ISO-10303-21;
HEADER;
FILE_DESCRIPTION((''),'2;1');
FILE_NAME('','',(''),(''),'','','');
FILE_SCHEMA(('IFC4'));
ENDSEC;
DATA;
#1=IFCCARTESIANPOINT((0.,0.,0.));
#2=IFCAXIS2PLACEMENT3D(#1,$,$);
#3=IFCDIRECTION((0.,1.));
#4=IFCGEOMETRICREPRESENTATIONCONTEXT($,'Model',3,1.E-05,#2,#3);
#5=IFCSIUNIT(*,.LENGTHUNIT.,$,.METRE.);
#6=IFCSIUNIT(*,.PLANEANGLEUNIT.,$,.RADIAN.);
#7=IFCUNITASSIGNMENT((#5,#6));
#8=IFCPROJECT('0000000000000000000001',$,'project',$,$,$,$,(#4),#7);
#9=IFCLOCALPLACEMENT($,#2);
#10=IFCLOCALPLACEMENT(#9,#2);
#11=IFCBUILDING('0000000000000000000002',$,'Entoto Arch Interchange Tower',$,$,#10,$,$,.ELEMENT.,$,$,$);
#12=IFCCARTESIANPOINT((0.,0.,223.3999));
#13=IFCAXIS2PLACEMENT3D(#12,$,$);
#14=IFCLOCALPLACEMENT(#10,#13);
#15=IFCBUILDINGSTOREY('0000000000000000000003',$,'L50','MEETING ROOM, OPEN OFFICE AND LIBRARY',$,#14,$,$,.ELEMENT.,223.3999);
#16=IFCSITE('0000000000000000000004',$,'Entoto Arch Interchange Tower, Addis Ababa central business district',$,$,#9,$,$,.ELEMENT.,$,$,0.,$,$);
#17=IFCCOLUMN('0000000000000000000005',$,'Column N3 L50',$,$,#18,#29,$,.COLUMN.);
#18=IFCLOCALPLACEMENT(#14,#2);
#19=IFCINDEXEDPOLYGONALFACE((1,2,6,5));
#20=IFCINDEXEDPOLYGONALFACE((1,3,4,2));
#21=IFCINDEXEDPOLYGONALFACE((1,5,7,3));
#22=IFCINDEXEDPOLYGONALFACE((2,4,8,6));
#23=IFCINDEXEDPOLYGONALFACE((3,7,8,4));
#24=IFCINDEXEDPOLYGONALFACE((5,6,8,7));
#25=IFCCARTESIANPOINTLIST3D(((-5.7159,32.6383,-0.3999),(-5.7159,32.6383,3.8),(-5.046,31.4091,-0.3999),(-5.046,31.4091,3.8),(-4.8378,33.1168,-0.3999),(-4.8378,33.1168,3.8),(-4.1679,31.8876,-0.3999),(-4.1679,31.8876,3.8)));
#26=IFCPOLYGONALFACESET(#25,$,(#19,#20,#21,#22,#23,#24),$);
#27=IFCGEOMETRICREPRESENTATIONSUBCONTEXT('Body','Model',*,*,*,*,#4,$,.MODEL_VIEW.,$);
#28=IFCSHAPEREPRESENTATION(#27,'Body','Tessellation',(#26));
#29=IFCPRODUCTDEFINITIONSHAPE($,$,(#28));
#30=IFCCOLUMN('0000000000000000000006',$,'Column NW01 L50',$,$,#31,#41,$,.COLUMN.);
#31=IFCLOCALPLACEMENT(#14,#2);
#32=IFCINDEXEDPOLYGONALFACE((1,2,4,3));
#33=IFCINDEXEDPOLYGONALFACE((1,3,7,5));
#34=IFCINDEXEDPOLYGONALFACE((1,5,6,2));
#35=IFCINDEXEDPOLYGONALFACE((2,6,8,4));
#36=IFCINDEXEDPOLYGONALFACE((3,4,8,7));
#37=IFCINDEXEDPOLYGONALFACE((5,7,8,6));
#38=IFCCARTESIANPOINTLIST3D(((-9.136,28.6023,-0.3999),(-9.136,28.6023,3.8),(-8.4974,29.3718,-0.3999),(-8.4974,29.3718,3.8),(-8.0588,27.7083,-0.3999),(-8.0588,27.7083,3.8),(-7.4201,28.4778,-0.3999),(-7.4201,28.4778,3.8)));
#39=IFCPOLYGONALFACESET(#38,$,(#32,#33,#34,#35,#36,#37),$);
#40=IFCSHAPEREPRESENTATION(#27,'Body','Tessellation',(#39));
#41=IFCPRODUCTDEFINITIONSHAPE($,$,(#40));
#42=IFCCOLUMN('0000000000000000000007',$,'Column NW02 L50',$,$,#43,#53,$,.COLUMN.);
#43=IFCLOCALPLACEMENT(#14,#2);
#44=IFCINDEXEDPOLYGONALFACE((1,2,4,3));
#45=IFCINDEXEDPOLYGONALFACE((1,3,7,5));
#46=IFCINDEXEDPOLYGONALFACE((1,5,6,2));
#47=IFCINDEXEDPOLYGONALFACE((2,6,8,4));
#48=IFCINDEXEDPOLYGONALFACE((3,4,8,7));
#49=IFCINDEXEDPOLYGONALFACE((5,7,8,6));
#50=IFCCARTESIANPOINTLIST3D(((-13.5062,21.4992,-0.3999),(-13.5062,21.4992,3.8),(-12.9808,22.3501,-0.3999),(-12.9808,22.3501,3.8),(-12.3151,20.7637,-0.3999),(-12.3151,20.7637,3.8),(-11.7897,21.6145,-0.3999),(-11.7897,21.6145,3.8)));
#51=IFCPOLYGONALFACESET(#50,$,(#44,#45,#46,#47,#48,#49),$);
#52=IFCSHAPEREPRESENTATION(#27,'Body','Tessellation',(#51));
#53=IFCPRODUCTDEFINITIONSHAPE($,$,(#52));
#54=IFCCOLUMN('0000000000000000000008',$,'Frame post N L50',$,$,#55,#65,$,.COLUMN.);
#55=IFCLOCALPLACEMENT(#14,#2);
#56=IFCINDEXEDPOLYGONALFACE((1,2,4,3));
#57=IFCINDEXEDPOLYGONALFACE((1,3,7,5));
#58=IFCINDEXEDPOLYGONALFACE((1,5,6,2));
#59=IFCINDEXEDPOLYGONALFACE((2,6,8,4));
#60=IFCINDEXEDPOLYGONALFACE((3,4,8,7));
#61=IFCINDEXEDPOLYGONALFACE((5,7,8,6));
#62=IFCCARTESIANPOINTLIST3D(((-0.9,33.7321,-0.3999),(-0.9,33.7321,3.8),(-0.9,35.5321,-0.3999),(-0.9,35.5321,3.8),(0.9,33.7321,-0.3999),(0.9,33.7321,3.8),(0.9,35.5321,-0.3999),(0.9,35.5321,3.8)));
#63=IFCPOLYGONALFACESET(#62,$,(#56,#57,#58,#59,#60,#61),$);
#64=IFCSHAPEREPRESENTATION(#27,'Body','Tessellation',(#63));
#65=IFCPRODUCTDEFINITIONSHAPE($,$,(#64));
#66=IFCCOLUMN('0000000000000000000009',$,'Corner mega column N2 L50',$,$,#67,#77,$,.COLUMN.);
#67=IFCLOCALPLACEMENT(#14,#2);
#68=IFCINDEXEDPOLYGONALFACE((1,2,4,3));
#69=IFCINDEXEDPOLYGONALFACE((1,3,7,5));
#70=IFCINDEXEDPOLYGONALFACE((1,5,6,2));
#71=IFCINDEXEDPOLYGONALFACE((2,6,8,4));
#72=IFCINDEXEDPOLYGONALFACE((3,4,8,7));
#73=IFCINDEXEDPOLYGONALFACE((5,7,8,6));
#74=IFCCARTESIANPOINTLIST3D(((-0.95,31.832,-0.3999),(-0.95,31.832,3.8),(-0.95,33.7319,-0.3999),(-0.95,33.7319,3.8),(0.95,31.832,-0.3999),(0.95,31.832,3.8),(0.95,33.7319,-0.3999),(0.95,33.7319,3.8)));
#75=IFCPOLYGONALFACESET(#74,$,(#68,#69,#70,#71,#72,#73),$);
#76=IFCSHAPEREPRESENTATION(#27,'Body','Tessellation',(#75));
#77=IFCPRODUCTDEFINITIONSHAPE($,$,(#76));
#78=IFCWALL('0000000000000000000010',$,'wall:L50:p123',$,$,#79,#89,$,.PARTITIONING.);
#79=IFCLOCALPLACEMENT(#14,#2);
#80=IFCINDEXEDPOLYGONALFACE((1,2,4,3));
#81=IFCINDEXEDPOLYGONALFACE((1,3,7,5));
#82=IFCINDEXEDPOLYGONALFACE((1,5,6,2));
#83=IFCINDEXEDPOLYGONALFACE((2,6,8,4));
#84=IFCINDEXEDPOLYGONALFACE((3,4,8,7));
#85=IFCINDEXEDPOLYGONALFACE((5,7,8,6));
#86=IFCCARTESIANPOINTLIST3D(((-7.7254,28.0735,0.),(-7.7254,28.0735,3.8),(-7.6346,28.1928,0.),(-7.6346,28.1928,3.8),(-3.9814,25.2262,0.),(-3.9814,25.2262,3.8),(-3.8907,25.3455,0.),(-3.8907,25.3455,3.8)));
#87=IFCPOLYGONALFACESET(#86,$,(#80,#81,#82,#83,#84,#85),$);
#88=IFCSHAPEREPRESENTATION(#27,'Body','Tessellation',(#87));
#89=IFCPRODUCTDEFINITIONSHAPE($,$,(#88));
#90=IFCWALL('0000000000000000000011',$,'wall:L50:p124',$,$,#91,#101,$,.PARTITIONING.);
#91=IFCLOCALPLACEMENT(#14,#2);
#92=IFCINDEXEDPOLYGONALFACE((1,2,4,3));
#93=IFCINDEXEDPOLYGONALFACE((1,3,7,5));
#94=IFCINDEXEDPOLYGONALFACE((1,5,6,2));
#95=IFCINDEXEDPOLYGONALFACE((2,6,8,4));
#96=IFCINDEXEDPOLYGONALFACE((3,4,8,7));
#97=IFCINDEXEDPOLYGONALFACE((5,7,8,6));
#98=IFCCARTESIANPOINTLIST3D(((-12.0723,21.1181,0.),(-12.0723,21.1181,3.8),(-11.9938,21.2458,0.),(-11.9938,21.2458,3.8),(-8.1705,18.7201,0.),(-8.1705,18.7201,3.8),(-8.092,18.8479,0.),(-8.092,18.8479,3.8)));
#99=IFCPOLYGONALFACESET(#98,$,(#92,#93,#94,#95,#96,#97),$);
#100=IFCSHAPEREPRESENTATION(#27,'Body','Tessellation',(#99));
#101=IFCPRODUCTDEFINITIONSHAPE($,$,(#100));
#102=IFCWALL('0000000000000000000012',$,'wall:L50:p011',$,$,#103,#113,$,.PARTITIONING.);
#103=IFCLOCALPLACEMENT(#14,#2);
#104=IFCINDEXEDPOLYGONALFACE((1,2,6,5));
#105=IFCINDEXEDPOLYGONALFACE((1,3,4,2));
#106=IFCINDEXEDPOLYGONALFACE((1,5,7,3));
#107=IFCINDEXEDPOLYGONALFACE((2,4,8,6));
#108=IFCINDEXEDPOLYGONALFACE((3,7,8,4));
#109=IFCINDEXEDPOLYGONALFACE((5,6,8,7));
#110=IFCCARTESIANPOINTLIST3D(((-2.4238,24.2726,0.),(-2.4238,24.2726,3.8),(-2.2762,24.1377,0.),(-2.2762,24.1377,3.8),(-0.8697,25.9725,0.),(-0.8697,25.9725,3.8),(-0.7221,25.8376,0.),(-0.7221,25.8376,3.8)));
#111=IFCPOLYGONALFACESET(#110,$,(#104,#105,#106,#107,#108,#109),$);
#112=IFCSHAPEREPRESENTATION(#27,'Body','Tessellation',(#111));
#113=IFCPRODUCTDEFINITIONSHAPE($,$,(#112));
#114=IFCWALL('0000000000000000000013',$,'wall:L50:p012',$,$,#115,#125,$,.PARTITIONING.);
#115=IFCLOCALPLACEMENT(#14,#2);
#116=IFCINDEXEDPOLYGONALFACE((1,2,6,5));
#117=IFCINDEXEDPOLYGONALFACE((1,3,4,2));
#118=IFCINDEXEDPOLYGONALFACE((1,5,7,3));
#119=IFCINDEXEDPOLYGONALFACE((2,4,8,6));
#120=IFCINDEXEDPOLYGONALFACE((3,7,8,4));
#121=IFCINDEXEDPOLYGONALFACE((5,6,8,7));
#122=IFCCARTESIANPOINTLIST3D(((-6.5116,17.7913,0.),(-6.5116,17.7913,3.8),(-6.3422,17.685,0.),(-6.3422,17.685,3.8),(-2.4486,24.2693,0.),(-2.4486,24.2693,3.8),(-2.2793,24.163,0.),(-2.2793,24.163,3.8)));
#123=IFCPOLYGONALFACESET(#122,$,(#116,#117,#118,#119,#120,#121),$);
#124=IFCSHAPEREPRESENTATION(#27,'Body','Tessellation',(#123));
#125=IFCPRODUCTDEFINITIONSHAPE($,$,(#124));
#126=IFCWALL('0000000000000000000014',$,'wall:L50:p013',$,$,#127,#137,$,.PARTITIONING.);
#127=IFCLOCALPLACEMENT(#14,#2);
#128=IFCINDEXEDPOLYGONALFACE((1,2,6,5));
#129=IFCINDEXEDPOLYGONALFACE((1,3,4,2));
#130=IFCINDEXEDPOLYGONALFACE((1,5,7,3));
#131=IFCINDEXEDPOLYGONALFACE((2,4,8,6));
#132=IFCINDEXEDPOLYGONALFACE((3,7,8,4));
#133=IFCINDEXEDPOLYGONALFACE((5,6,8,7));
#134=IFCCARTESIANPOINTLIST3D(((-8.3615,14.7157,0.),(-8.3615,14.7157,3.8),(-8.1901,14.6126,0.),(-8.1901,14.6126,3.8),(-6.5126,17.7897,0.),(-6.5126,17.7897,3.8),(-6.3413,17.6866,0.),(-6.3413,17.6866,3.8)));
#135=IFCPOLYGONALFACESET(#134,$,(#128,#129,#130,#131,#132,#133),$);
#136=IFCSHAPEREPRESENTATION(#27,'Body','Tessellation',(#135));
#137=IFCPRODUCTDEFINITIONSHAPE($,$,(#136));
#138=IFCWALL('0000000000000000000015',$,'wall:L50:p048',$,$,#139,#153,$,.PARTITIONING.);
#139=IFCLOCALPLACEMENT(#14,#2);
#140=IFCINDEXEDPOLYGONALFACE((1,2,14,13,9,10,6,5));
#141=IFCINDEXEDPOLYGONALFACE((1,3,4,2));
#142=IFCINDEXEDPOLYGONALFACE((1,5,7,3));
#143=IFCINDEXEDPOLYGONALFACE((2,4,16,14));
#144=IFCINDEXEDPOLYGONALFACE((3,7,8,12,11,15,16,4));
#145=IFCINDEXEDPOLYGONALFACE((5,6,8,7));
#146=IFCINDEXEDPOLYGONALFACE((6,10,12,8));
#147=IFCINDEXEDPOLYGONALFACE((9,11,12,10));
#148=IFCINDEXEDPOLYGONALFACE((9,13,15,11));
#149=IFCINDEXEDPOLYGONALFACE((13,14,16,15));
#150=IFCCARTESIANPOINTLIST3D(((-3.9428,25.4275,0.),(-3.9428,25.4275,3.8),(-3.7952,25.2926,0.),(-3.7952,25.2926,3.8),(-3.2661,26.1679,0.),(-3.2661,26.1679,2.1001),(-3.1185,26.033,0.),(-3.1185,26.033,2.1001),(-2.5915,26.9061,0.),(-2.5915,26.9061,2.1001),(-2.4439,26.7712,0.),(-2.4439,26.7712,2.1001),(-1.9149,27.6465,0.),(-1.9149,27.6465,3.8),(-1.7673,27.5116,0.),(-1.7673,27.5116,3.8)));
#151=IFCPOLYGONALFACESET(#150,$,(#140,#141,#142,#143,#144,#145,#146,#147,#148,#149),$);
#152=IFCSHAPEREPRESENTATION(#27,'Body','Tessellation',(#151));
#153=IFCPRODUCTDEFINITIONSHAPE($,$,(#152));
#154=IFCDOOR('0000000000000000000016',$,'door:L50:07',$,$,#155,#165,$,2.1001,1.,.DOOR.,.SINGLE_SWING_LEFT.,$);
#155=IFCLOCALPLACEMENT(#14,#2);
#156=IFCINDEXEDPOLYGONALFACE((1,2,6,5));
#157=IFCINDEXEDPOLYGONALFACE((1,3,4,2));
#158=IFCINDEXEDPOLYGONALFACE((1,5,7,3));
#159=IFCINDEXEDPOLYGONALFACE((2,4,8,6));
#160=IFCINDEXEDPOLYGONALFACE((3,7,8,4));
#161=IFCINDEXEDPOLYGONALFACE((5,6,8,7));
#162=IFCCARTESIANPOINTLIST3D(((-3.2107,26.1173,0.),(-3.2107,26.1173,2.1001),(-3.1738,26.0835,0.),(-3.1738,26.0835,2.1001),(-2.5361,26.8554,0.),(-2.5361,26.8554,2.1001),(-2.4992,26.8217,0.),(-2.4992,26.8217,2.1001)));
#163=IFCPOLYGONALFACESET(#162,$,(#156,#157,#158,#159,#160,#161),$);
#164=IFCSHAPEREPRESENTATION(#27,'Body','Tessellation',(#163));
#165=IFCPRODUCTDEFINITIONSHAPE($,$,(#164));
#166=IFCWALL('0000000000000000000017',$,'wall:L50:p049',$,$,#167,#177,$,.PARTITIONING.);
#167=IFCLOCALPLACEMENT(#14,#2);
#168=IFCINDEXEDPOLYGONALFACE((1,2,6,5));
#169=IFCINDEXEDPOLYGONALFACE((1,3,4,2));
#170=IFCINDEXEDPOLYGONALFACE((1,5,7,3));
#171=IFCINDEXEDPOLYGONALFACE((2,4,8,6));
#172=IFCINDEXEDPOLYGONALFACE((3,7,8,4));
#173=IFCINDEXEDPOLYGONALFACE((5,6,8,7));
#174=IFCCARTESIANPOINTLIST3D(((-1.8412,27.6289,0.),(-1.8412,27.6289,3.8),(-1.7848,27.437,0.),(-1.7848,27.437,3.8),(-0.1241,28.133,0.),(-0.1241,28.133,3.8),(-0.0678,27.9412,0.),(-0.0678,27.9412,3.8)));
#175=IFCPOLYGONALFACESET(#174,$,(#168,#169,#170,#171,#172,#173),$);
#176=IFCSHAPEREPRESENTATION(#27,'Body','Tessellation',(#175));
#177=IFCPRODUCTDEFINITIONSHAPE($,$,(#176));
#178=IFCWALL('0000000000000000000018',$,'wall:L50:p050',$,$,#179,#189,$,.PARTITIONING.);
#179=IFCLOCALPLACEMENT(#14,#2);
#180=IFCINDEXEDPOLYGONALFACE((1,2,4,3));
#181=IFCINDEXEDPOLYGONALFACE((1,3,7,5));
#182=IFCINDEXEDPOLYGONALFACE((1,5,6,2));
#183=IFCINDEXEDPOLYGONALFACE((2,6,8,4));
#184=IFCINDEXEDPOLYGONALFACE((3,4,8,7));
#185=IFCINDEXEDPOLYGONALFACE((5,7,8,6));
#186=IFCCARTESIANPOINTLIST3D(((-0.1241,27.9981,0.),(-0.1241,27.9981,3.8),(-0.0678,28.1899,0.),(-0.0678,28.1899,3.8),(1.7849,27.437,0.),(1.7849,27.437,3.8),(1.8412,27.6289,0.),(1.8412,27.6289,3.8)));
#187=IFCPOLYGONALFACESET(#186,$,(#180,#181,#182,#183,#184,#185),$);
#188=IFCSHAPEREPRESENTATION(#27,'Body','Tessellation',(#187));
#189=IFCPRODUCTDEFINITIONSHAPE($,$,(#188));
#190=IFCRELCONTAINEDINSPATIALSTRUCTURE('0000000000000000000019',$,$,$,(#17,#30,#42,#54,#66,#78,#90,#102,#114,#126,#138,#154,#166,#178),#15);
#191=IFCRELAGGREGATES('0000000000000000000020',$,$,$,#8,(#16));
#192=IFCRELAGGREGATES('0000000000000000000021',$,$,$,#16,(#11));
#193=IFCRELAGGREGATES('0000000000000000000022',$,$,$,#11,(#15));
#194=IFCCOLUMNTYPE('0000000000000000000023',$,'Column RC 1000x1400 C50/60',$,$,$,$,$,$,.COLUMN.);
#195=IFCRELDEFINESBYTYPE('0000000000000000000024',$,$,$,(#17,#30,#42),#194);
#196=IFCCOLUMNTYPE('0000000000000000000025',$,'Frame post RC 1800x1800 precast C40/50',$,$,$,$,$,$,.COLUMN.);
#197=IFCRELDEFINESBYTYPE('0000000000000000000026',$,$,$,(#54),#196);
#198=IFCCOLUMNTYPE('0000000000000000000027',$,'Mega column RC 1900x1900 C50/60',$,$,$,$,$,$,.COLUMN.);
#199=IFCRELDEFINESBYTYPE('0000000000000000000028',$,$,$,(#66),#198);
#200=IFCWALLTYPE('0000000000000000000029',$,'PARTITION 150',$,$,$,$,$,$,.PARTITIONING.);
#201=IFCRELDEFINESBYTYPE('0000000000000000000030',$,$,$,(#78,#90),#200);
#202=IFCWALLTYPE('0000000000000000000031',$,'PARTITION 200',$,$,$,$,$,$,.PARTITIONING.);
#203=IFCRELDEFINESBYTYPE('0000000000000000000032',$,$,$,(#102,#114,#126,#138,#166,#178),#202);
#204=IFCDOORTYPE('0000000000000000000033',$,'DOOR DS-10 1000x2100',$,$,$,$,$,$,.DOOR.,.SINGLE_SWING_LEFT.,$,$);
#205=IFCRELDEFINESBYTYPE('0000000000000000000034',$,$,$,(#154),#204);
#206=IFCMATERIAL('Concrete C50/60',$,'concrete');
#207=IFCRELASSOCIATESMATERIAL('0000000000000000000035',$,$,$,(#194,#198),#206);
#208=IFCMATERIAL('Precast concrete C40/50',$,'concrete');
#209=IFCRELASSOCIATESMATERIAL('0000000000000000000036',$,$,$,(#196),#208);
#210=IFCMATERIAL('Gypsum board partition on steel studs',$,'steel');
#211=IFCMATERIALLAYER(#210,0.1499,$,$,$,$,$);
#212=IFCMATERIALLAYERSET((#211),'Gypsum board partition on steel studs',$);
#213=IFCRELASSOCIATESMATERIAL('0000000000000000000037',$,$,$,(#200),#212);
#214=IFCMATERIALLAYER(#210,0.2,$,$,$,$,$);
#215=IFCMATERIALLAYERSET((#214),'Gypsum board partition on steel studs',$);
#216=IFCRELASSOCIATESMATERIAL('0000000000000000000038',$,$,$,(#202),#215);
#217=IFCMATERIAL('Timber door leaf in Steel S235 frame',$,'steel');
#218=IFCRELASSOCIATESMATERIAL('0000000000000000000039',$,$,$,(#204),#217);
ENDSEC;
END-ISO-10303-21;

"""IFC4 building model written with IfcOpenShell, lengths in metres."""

from ifc_helpers import new_model, si_unit, direction, frame, frame_2d, origin, origin_2d, place, context, subcontext, project, spatial, rectangle, extrude, material, layer, layer_set, material_profile, profile_set, type_object, element, fill, save


model = new_model("IFC4")

# Units and contexts
model_context = context("Model", 3, precision=1e-05, world=origin(), true_north=direction((0.0, 1.0)))
body_context = subcontext(model_context, "Body", "Model", "MODEL_VIEW")
ifc_project = project(units=[si_unit("LENGTHUNIT", "METRE"), si_unit("PLANEANGLEUNIT", "RADIAN")], contexts=[model_context])

# Site, building, storey
site_placement = place(None, origin())
site = spatial("IfcSite", under=ifc_project, at=site_placement, Name="Entoto Arch Interchange Tower, Addis Ababa central business district", CompositionType="ELEMENT", RefElevation=0.0)
building_placement = place(site_placement, origin())
building = spatial("IfcBuilding", under=site, at=building_placement, Name="Entoto Arch Interchange Tower", CompositionType="ELEMENT")
storey_placement = place(building_placement, frame((0.0, 0.0, 223.3999)))
storey = spatial("IfcBuildingStorey", under=building, at=storey_placement, Name="L50", Description="MEETING ROOM, OPEN OFFICE AND LIBRARY", CompositionType="ELEMENT", Elevation=223.3999)

# Columns
ifc_material_1 = material(Name="Concrete C50/60", Category="concrete")
ifc_material_profile_1 = material_profile(ifc_material_1, rectangle(XDim=1.0, YDim=1.3999, at=origin_2d()))
ifc_profile_set_1 = profile_set([ifc_material_profile_1], Name="Concrete C50/60")
column_type_1 = type_object("IfcColumnType", Name="Column RC 1000x1400 C50/60", PredefinedType="COLUMN", material=ifc_profile_set_1)
for number, where, z_axis, x_axis, name in (
    (1, (-4.9419, 32.2629, -0.3999), (0.0, 0.0, 1.0), (0.8781, 0.478477, 0.0), "Column N3 L50"),
    (2, (-8.2781, 28.54, -0.3999), (0.0, 0.0, 1.0), (0.63866, 0.769489, 0.0), "Column NW01 L50"),
    (3, (-12.6479, 21.5569, -0.3999), (0.0, 0.0, 1.0), (0.525427, 0.850839, 0.0), "Column NW02 L50"),
):
    element("IfcColumn", number, at=place(storey_placement, frame(where, z_axis=z_axis, x_axis=x_axis)), inside=storey, type_object=column_type_1, Name=name, PredefinedType="COLUMN", context=body_context, shape_type="SweptSolid", body=[
        extrude(rectangle(XDim=1.0, YDim=1.3999, at=origin_2d()), origin(), (0.0, 0.0, 1.0), 4.2),
    ])
ifc_material_2 = material(Name="Precast concrete C40/50", Category="concrete")
ifc_material_profile_2 = material_profile(ifc_material_2, rectangle(XDim=1.8, YDim=1.8, at=origin_2d()))
ifc_profile_set_2 = profile_set([ifc_material_profile_2], Name="Precast concrete C40/50")
column_type_2 = type_object("IfcColumnType", Name="Frame post RC 1800x1800 precast C40/50", PredefinedType="COLUMN", material=ifc_profile_set_2)
column_1_placement = place(storey_placement, frame((0.0, 34.6321, -0.3999), z_axis=(0.0, 0.0, 1.0), x_axis=(0.0, 1.0, 0.0)))
element("IfcColumn", 4, at=column_1_placement, inside=storey, type_object=column_type_2, Name="Frame post N L50", PredefinedType="COLUMN", context=body_context, shape_type="SweptSolid", body=[
    extrude(rectangle(XDim=1.8, YDim=1.8, at=origin_2d()), origin(), (0.0, 0.0, 1.0), 4.2),
])
ifc_material_profile_3 = material_profile(ifc_material_1, rectangle(XDim=1.8999, YDim=1.8999, at=origin_2d()))
ifc_profile_set_3 = profile_set([ifc_material_profile_3], Name="Concrete C50/60")
column_type_3 = type_object("IfcColumnType", Name="Mega column RC 1900x1900 C50/60", PredefinedType="COLUMN", material=ifc_profile_set_3)
column_2_placement = place(storey_placement, frame((0.0, 32.782, -0.3999), z_axis=(0.0, 0.0, 1.0), x_axis=(0.0, 1.0, 0.0)))
element("IfcColumn", 5, at=column_2_placement, inside=storey, type_object=column_type_3, Name="Corner mega column N2 L50", PredefinedType="COLUMN", context=body_context, shape_type="SweptSolid", body=[
    extrude(rectangle(XDim=1.8999, YDim=1.8999, at=origin_2d()), origin(), (0.0, 0.0, 1.0), 4.2),
])

# Walls
ifc_material_3 = material(Name="Gypsum board partition on steel studs", Category="steel")
ifc_layer_1 = layer(ifc_material_3, 0.1499)
ifc_layer_set_1 = layer_set([ifc_layer_1], Name="Gypsum board partition on steel studs")
wall_type_1 = type_object("IfcWallType", Name="PARTITION 150", PredefinedType="PARTITIONING", material=ifc_layer_set_1)
wall_1_placement = place(storey_placement, frame((-3.936, 25.2859, 0.0), z_axis=(0.0, 0.0, 1.0), x_axis=(-0.795977, 0.605327, 0.0)))
element("IfcWall", 6, at=wall_1_placement, inside=storey, type_object=wall_type_1, Name="wall:L50:p123", PredefinedType="PARTITIONING", context=body_context, shape_type="SweptSolid", body=[
    extrude(rectangle(XDim=4.7036, YDim=0.1499, at=frame_2d((2.3518, 0.0))), origin(), (0.0, 0.0, 1.0), 3.8),
])
wall_2_placement = place(storey_placement, frame((-8.1311, 18.7839, 0.0), z_axis=(0.0, 0.0, 1.0), x_axis=(-0.851969, 0.523592, 0.0)))
element("IfcWall", 7, at=wall_2_placement, inside=storey, type_object=wall_type_1, Name="wall:L50:p124", PredefinedType="PARTITIONING", context=body_context, shape_type="SweptSolid", body=[
    extrude(rectangle(XDim=4.5798, YDim=0.1499, at=frame_2d((2.29, 0.0))), origin(), (0.0, 0.0, 1.0), 3.8),
])
ifc_layer_2 = layer(ifc_material_3, 0.2)
ifc_layer_set_2 = layer_set([ifc_layer_2], Name="Gypsum board partition on steel studs")
wall_type_2 = type_object("IfcWallType", Name="PARTITION 200", PredefinedType="PARTITIONING", material=ifc_layer_set_2)
wall_3_placement = place(storey_placement, frame((-0.7959, 25.905, 0.0), z_axis=(0.0, 0.0, 1.0), x_axis=(-0.674759, -0.738038, 0.0)))
element("IfcWall", 8, at=wall_3_placement, inside=storey, type_object=wall_type_2, Name="wall:L50:p011", PredefinedType="PARTITIONING", context=body_context, shape_type="SweptSolid", body=[
    extrude(rectangle(XDim=2.3032, YDim=0.2, at=frame_2d((1.1516, 0.0))), origin(), (0.0, 0.0, 1.0), 3.8),
])
wall_4_placement = place(storey_placement, frame((-2.364, 24.2161, 0.0), z_axis=(0.0, 0.0, 1.0), x_axis=(-0.531336, -0.847161, 0.0)))
element("IfcWall", 9, at=wall_4_placement, inside=storey, type_object=wall_type_2, Name="wall:L50:p012", PredefinedType="PARTITIONING", context=body_context, shape_type="SweptSolid", body=[
    extrude(rectangle(XDim=7.6467, YDim=0.2, at=frame_2d((3.8232, 0.0))), origin(), (0.0, 0.0, 1.0), 3.8),
])
wall_5_placement = place(storey_placement, frame((-6.427, 17.738, 0.0), z_axis=(0.0, 0.0, 1.0), x_axis=(-0.515416, -0.85694, 0.0)))
element("IfcWall", 10, at=wall_5_placement, inside=storey, type_object=wall_type_2, Name="wall:L50:p013", PredefinedType="PARTITIONING", context=body_context, shape_type="SweptSolid", body=[
    extrude(rectangle(XDim=3.5872, YDim=0.2, at=frame_2d((1.7935, 0.0))), origin(), (0.0, 0.0, 1.0), 3.8),
])

# Wall, opening, door
wall_6_placement = place(storey_placement, frame((-3.8689, 25.3601, 0.0), z_axis=(0.0, 0.0, 1.0), x_axis=(0.674595, 0.738188, 0.0)))
wall_6 = element("IfcWall", 11, at=wall_6_placement, inside=storey, type_object=wall_type_2, Name="wall:L50:p048", PredefinedType="PARTITIONING", context=body_context, shape_type="SweptSolid", body=[
    extrude(rectangle(XDim=3.0061, YDim=0.2, at=frame_2d((1.5029, 0.0))), origin(), (0.0, 0.0, 1.0), 3.8),
])
opening_1_placement = place(wall_6_placement, frame((1.0029, 0.0, 0.0)))
opening_1 = element("IfcOpeningElement", 12, at=opening_1_placement, cuts=wall_6, PredefinedType="OPENING", context=body_context, shape_type="SweptSolid", body=[
    extrude(rectangle(XDim=1.0, YDim=2.1001, at=frame_2d((0.5, 1.05))), frame((0.0, 0.1099, 0.0), z_axis=(0.0, -1.0, 0.0), x_axis=(1.0, 0.0, 0.0)), (0.0, 0.0, 1.0), 0.22),
])
ifc_material_4 = material(Name="Timber door leaf in Steel S235 frame", Category="steel")
door_type = type_object("IfcDoorType", Name="DOOR DS-10 1000x2100", OperationType="SINGLE_SWING_LEFT", PredefinedType="DOOR", material=ifc_material_4)
door_1_placement = place(opening_1_placement, origin())
door_1 = element("IfcDoor", 13, at=door_1_placement, inside=storey, type_object=door_type, Name="door:L50:07", OperationType="SINGLE_SWING_LEFT", OverallHeight=2.1001, OverallWidth=1.0, PredefinedType="DOOR", context=body_context, shape_type="SweptSolid", body=[
    extrude(rectangle(XDim=1.0, YDim=2.1001, at=frame_2d((0.5, 1.05))), frame((0.0, 0.0249, 0.0), z_axis=(0.0, -1.0, 0.0), x_axis=(1.0, 0.0, 0.0)), (0.0, 0.0, 1.0), 0.05),
])
fill(opening_1, door_1)

# Walls
wall_7_placement = place(storey_placement, frame((-1.813, 27.533, 0.0), z_axis=(0.0, 0.0, 1.0), x_axis=(0.959496, 0.281723, 0.0)))
element("IfcWall", 14, at=wall_7_placement, inside=storey, type_object=wall_type_2, Name="wall:L50:p049", PredefinedType="PARTITIONING", context=body_context, shape_type="SweptSolid", body=[
    extrude(rectangle(XDim=1.7896, YDim=0.2, at=frame_2d((0.8948, 0.0))), origin(), (0.0, 0.0, 1.0), 3.8),
])
wall_8_placement = place(storey_placement, frame((-0.0959, 28.094, 0.0), z_axis=(0.0, 0.0, 1.0), x_axis=(0.959422, -0.281974, 0.0)))
element("IfcWall", 15, at=wall_8_placement, inside=storey, type_object=wall_type_2, Name="wall:L50:p050", PredefinedType="PARTITIONING", context=body_context, shape_type="SweptSolid", body=[
    extrude(rectangle(XDim=1.9897, YDim=0.2, at=frame_2d((0.9949, 0.0))), origin(), (0.0, 0.0, 1.0), 3.8),
])

save(model, "model.ifc")
